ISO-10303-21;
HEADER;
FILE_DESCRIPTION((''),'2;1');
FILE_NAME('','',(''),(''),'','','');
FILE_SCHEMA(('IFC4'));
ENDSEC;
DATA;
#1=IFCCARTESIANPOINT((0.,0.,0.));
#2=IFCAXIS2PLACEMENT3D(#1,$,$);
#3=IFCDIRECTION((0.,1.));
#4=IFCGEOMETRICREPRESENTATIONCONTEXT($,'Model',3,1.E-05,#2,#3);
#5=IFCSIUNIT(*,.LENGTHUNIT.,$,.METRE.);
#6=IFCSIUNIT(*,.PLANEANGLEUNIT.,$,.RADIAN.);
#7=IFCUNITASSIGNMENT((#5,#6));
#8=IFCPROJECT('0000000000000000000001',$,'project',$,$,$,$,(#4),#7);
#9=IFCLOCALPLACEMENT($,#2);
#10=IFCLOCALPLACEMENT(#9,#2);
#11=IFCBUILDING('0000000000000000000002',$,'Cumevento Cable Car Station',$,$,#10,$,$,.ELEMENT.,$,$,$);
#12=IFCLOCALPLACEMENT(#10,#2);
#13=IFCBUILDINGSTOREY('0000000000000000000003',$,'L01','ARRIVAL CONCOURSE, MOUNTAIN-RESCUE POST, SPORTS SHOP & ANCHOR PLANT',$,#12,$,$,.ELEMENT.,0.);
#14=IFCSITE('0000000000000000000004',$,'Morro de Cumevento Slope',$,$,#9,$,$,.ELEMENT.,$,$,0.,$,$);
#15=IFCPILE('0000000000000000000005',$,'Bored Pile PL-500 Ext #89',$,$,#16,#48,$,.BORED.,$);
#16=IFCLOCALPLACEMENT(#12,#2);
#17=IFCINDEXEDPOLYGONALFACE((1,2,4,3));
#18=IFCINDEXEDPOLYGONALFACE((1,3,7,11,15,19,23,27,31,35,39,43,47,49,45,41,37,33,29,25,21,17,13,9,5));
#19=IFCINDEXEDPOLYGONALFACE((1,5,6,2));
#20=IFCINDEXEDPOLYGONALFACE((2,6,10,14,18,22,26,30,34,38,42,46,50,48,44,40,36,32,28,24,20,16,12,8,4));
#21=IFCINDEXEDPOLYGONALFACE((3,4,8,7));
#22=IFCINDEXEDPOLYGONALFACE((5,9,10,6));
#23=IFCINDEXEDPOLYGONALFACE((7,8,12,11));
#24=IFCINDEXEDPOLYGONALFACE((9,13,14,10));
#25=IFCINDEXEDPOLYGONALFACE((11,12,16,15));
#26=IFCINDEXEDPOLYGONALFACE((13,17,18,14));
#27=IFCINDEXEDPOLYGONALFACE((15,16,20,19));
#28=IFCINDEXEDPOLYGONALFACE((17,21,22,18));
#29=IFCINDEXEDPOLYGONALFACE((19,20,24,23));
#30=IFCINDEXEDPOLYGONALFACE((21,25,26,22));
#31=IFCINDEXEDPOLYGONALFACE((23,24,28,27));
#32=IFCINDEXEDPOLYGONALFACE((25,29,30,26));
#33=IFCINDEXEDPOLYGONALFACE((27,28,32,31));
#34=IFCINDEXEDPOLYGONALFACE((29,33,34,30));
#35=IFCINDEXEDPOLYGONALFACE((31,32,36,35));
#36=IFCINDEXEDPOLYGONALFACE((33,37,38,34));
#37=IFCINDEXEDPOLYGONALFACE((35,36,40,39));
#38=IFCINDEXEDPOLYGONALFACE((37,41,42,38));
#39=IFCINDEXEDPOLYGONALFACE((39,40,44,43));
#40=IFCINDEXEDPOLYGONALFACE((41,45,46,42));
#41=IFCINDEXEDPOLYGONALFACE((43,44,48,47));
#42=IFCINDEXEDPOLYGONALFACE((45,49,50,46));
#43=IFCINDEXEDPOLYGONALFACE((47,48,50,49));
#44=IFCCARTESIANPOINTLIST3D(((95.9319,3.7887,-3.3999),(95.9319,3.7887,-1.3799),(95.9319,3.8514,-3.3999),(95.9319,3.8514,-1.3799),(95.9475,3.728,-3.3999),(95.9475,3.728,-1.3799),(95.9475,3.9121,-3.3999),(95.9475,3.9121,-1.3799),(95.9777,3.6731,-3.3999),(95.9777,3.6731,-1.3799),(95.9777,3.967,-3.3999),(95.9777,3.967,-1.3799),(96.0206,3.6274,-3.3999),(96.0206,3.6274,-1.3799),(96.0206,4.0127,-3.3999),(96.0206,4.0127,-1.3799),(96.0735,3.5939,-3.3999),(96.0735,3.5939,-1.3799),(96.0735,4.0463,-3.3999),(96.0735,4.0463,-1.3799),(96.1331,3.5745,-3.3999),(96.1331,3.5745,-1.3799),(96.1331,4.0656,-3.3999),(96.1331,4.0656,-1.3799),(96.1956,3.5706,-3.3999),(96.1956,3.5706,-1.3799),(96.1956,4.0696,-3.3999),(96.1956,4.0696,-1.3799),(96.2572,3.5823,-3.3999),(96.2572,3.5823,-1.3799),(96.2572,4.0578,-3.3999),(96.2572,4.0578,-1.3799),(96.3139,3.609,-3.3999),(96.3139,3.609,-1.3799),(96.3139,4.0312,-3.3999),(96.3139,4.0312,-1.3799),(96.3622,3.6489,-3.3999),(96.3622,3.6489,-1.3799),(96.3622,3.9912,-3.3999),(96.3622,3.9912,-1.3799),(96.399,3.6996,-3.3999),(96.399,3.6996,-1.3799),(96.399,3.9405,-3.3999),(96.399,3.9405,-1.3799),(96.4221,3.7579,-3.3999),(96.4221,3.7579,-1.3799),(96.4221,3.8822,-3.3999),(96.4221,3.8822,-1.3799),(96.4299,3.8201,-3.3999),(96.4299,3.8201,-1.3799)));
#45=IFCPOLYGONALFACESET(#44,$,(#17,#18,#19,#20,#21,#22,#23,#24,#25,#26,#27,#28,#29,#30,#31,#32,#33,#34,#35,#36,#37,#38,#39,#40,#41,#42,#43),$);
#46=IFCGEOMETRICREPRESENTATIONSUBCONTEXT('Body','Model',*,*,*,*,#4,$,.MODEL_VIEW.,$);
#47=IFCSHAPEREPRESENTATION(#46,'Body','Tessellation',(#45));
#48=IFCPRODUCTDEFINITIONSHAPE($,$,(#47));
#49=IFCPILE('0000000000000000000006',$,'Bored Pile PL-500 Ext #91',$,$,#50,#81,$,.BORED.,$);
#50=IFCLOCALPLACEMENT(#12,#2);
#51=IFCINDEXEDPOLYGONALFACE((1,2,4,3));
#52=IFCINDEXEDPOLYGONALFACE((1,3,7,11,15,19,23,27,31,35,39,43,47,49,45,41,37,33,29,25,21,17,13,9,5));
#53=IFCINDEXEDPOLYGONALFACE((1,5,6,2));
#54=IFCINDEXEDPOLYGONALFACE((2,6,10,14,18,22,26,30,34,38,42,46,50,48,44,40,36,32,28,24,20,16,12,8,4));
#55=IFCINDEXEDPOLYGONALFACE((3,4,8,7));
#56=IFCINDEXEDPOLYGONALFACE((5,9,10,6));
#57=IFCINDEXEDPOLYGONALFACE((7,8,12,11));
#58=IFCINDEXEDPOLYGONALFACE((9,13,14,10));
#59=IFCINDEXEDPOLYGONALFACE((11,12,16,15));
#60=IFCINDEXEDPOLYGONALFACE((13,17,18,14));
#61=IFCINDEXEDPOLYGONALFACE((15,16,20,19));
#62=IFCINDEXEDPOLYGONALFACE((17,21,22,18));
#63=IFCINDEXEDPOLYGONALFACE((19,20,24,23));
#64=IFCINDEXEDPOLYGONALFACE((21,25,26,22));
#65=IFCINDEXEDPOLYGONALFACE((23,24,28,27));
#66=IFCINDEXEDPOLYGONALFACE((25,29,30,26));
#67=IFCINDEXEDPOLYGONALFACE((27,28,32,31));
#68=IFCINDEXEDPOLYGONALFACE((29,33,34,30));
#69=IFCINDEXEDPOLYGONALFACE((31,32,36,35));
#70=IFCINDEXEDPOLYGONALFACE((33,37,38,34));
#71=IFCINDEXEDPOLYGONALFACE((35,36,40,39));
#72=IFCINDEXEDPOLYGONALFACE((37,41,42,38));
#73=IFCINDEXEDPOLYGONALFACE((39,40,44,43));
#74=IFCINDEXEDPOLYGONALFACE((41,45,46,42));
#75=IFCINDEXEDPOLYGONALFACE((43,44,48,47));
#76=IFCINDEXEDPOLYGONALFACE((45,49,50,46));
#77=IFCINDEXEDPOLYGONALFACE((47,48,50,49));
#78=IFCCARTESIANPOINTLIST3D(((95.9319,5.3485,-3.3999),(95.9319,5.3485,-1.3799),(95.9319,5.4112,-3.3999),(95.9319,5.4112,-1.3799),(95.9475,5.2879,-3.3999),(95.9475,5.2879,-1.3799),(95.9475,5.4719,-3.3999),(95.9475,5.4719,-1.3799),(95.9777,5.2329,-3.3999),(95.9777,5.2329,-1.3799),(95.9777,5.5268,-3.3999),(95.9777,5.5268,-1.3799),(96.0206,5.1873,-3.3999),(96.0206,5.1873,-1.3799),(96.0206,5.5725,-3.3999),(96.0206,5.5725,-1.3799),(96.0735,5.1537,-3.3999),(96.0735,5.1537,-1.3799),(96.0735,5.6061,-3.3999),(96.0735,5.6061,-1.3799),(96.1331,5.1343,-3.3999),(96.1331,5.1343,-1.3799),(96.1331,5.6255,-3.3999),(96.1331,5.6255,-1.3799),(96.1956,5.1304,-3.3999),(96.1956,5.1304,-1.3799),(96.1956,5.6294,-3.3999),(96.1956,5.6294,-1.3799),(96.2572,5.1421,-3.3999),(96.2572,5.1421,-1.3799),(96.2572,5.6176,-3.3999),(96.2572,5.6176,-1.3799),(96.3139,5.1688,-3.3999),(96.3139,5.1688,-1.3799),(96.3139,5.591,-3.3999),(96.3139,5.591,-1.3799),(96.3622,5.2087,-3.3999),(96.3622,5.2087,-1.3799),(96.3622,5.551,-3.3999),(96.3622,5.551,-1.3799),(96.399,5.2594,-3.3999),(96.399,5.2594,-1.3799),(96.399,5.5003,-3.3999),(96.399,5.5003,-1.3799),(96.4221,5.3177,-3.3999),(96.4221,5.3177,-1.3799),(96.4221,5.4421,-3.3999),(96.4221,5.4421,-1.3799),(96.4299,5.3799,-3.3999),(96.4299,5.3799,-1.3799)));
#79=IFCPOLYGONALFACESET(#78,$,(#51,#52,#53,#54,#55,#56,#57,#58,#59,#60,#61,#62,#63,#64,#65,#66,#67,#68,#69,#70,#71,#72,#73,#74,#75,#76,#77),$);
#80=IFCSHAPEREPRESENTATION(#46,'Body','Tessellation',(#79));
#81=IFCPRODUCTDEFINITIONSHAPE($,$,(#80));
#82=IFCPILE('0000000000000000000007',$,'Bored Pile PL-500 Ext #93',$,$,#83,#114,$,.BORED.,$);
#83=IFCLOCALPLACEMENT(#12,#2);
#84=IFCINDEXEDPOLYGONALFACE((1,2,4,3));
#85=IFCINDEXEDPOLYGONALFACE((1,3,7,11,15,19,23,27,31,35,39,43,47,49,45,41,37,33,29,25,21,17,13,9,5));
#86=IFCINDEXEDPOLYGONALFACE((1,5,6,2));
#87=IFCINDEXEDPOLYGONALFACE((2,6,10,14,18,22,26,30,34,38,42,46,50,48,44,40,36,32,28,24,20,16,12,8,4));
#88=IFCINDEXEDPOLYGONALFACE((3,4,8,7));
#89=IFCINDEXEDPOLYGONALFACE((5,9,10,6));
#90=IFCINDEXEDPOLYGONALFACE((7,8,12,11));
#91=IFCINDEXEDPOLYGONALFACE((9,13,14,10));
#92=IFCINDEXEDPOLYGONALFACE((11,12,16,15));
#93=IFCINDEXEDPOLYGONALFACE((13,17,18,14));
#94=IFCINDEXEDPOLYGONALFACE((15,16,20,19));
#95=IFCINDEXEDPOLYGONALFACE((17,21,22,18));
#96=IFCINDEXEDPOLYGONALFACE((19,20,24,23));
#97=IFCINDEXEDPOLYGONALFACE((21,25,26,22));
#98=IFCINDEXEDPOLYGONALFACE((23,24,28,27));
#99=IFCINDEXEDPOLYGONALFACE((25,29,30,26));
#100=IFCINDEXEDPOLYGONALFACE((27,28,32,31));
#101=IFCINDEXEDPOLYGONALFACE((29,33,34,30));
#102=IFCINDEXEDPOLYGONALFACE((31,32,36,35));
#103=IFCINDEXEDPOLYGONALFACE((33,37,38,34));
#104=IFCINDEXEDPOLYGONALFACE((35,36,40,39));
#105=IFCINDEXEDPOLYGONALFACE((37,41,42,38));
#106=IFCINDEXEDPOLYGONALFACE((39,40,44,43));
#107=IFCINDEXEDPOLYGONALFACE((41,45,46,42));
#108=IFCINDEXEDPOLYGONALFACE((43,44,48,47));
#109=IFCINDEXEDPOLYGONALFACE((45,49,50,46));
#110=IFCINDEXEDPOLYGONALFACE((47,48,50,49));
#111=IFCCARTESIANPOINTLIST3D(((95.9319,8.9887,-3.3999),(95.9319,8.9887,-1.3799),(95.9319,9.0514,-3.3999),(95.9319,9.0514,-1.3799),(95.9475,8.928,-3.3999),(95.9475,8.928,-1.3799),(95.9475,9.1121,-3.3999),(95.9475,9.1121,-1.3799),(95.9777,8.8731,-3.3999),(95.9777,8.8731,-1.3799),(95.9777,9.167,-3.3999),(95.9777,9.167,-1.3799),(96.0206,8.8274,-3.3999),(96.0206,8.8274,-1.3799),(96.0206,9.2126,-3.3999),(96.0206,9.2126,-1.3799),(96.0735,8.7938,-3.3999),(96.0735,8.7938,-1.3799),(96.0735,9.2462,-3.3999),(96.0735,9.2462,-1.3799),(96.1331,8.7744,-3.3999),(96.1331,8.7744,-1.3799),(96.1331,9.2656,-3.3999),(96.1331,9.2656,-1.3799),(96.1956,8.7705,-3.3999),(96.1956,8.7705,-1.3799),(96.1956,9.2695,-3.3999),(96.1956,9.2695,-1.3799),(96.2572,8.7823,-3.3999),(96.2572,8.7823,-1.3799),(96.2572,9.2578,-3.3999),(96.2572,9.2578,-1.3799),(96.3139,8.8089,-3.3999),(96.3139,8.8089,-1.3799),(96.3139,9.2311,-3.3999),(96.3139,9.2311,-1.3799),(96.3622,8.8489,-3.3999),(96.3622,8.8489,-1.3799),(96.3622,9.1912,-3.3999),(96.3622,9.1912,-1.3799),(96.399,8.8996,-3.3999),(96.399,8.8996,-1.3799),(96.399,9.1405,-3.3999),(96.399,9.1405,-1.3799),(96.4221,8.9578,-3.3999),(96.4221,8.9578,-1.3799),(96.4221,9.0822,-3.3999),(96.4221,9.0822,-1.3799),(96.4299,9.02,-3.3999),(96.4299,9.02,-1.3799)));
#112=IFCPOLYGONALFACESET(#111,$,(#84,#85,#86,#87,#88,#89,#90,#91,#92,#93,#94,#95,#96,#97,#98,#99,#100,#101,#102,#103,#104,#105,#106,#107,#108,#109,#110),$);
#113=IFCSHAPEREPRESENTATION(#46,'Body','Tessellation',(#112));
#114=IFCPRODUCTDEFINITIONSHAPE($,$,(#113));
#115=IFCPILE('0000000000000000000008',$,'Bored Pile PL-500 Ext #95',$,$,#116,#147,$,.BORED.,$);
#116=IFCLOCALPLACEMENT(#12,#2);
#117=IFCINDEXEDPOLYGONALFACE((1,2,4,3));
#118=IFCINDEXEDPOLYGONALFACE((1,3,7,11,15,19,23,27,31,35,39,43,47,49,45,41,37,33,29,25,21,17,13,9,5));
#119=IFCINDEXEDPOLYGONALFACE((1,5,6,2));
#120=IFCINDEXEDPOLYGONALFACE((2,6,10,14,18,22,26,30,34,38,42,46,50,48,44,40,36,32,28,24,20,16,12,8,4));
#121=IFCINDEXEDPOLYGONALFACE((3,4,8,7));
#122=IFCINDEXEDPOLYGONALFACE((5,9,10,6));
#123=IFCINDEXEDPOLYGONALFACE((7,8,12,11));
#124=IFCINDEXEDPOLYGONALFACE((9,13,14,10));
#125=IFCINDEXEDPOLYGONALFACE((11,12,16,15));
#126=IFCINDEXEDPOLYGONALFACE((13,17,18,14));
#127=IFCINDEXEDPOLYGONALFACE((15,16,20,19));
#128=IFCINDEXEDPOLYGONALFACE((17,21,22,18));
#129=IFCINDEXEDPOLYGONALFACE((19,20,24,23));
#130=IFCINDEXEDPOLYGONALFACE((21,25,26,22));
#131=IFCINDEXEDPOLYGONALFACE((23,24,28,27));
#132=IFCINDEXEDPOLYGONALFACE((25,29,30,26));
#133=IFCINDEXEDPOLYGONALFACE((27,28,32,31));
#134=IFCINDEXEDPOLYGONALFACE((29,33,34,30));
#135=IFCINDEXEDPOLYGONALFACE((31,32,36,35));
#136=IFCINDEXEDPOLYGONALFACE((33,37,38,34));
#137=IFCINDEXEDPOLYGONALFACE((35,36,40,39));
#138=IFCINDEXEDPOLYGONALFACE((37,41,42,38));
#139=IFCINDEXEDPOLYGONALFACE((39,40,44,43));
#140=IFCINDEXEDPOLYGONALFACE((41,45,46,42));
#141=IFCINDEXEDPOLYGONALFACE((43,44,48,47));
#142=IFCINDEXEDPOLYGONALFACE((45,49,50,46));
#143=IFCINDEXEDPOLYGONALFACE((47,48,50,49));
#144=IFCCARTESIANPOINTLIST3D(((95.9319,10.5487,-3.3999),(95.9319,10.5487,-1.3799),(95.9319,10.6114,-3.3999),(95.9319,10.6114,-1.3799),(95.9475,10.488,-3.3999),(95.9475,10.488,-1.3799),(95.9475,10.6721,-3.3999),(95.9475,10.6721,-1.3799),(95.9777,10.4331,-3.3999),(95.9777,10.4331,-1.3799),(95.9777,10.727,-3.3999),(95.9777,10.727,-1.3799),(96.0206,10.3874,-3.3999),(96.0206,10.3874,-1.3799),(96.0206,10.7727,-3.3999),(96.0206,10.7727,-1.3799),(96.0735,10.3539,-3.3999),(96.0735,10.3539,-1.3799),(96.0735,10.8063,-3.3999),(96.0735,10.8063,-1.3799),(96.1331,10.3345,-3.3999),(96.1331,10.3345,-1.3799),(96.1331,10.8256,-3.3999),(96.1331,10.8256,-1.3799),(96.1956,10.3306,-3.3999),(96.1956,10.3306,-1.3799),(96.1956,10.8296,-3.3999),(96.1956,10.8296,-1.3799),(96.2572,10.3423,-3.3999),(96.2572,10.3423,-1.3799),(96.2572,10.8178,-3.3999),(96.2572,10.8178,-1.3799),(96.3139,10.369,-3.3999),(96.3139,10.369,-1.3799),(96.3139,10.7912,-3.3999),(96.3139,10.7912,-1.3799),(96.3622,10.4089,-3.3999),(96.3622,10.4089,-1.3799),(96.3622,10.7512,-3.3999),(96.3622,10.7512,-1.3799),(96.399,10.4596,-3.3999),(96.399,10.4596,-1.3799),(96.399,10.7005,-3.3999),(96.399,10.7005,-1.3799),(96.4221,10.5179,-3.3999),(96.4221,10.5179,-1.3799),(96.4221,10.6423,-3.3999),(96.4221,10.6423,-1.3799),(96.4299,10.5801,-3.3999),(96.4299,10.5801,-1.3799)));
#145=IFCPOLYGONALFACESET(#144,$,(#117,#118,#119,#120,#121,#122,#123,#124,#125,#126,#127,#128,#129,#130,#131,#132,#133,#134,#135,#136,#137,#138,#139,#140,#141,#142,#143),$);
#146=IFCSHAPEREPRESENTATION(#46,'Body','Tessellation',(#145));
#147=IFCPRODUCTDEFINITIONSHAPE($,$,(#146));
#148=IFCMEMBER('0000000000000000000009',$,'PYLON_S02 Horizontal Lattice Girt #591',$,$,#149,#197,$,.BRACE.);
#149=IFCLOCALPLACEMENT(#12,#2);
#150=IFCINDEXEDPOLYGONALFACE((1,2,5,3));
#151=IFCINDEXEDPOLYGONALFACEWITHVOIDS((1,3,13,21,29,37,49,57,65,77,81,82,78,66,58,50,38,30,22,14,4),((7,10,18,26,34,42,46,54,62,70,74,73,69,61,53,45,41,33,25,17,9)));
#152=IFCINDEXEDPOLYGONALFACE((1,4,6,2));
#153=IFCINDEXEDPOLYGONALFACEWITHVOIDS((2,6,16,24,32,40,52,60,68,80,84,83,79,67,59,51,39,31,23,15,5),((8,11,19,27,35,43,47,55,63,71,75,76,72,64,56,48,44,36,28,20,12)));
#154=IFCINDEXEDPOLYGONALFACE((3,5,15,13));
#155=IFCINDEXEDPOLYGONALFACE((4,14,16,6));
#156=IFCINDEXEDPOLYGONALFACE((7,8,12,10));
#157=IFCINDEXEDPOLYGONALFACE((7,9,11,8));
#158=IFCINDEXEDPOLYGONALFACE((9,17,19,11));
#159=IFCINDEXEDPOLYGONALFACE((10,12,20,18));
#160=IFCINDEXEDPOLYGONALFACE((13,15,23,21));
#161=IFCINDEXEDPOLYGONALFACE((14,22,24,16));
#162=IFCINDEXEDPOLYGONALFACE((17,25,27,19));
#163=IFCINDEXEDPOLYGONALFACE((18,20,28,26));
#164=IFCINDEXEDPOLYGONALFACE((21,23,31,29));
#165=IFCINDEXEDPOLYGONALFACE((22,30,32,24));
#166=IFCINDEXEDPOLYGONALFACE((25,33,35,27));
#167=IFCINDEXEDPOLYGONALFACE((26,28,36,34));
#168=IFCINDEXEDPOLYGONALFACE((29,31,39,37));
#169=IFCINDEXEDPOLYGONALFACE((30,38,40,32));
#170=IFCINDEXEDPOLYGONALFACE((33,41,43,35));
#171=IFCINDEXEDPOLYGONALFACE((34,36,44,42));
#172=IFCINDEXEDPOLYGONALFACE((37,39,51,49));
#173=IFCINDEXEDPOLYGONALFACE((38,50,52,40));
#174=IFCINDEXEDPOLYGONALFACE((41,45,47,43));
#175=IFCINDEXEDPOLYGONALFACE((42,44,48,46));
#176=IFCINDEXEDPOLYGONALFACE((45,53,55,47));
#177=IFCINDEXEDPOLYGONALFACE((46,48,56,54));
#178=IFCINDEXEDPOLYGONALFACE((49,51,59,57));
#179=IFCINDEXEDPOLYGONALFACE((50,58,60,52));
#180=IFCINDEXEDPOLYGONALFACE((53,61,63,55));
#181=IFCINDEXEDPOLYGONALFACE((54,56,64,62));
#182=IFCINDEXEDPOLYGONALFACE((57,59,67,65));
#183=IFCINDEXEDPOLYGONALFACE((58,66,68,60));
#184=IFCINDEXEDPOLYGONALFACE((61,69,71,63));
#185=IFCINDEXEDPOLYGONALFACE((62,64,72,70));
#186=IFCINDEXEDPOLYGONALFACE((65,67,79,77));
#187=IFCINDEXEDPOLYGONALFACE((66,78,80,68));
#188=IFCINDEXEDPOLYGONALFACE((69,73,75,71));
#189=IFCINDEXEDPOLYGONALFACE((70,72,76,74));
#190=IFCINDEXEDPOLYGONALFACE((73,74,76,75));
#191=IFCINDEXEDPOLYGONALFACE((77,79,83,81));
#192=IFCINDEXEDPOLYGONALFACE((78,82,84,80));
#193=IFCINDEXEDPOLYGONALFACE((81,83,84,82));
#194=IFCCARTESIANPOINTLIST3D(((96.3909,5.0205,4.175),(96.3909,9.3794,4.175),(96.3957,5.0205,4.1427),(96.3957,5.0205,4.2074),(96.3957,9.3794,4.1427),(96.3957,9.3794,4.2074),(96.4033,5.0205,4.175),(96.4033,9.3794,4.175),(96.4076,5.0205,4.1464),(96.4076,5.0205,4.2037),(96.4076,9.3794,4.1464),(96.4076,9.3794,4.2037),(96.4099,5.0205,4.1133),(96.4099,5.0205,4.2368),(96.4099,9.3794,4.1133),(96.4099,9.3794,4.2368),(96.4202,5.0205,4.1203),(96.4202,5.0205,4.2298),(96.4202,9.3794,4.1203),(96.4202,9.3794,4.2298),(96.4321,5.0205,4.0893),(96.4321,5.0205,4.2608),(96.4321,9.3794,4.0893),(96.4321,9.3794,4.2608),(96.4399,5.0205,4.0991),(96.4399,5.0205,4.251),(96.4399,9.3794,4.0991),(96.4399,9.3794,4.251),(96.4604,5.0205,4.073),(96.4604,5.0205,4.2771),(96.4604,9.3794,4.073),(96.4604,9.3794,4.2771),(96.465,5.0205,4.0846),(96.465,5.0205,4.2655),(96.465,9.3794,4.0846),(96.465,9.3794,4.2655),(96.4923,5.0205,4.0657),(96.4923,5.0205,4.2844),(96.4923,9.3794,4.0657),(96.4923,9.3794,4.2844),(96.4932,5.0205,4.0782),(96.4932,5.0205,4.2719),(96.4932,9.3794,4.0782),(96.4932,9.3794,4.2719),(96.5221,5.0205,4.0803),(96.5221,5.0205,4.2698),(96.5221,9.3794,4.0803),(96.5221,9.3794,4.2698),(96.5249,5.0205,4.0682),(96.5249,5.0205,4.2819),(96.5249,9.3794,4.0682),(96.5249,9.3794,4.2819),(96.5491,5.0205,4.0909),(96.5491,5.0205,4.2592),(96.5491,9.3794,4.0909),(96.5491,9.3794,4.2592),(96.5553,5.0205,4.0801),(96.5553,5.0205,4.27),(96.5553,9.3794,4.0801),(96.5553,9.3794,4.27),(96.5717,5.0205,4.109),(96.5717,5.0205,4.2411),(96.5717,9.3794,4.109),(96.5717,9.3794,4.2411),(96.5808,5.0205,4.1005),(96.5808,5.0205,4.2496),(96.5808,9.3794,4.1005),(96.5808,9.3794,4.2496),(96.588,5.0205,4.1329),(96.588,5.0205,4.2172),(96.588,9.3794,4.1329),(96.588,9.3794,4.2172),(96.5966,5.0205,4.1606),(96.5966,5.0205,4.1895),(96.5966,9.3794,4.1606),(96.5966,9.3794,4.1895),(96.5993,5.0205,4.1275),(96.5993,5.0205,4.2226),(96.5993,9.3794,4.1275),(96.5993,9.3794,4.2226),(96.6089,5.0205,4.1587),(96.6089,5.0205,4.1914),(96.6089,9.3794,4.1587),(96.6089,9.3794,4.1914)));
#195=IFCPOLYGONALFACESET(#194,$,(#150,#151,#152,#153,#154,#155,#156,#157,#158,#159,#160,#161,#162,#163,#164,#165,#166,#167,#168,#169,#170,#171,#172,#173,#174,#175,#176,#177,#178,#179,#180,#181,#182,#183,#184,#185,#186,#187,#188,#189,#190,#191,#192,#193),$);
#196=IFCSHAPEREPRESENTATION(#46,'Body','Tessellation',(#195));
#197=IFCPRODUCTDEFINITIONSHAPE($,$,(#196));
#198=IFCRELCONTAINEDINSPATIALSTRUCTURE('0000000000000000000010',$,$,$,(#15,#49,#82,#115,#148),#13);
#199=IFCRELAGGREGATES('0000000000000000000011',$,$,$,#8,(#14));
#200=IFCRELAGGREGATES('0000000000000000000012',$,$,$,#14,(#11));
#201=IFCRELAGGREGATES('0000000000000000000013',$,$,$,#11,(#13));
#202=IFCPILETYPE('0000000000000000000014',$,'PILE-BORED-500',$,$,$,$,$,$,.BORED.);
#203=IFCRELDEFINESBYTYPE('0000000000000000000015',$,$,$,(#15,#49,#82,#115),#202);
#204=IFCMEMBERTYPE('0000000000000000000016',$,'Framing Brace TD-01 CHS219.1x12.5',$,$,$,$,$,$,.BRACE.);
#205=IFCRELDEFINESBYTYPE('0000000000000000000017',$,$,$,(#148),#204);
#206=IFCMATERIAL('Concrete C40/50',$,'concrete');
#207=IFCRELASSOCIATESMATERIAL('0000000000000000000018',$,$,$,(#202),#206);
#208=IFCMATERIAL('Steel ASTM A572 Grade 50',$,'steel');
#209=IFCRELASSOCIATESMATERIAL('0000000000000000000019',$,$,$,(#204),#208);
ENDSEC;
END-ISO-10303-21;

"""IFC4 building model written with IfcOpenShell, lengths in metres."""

from ifc_helpers import new_model, si_unit, direction, frame, origin, origin_2d, place, context, subcontext, project, spatial, circle, hollow_circle, extrude, material, material_profile, profile_set, type_object, element, save


model = new_model("IFC4")

# Units and contexts
model_context = context("Model", 3, precision=1e-05, world=origin(), true_north=direction((0.0, 1.0)))
body_context = subcontext(model_context, "Body", "Model", "MODEL_VIEW")
ifc_project = project(units=[si_unit("LENGTHUNIT", "METRE"), si_unit("PLANEANGLEUNIT", "RADIAN")], contexts=[model_context])

# Site, building, storey
site_placement = place(None, origin())
site = spatial("IfcSite", under=ifc_project, at=site_placement, Name="Morro de Cumevento Slope", CompositionType="ELEMENT", RefElevation=0.0)
building_placement = place(site_placement, origin())
building = spatial("IfcBuilding", under=site, at=building_placement, Name="Cumevento Cable Car Station", CompositionType="ELEMENT")
storey_placement = place(building_placement, origin())
storey = spatial("IfcBuildingStorey", under=building, at=storey_placement, Name="L01", Description="ARRIVAL CONCOURSE, MOUNTAIN-RESCUE POST, SPORTS SHOP & ANCHOR PLANT", CompositionType="ELEMENT", Elevation=0.0)

# Piles
ifc_material_1 = material(Name="Concrete C40/50", Category="concrete")
ifc_material_profile_1 = material_profile(ifc_material_1, circle(Radius=0.25, at=origin_2d()), Name="PILE-D500")
ifc_profile_set_1 = profile_set([ifc_material_profile_1], Name="Concrete C40/50")
pile_type = type_object("IfcPileType", Name="PILE-BORED-500", PredefinedType="BORED", material=ifc_profile_set_1)
for number, where, z_axis, x_axis, name in (
    (1, (96.1799, 3.8201, -1.3799), (0.0, 0.0, -1.0), (1.0, 0.0, 0.0), "Bored Pile PL-500 Ext #89"),
    (2, (96.1799, 5.3799, -1.3799), (0.0, 0.0, -1.0), (1.0, 0.0, 0.0), "Bored Pile PL-500 Ext #91"),
    (3, (96.1799, 9.02, -1.3799), (0.0, 0.0, -1.0), (1.0, 0.0, 0.0), "Bored Pile PL-500 Ext #93"),
    (4, (96.1799, 10.5801, -1.3799), (0.0, 0.0, -1.0), (1.0, 0.0, 0.0), "Bored Pile PL-500 Ext #95"),
):
    element("IfcPile", number, at=place(storey_placement, frame(where, z_axis=z_axis, x_axis=x_axis)), inside=storey, type_object=pile_type, Name=name, PredefinedType="BORED", context=body_context, shape_type="SweptSolid", body=[
        extrude(circle(Radius=0.25, at=origin_2d()), origin(), (0.0, 0.0, 1.0), 2.02),
    ])

# Member
ifc_material_2 = material(Name="Steel ASTM A572 Grade 50", Category="steel")
ifc_material_profile_2 = material_profile(ifc_material_2, hollow_circle(Radius=0.1096, WallThickness=0.0125, at=origin_2d()), Name="CHS219.1x12.5")
ifc_profile_set_2 = profile_set([ifc_material_profile_2], Name="Steel ASTM A572 Grade 50")
member_type_1 = type_object("IfcMemberType", Name="Framing Brace TD-01 CHS219.1x12.5", PredefinedType="BRACE", material=ifc_profile_set_2)
member_1_placement = place(storey_placement, frame((96.5005, 5.0205, 4.175), z_axis=(0.0, 1.0, 0.0), x_axis=(-1.0, 0.0, 0.0)))
element("IfcMember", 5, at=member_1_placement, inside=storey, type_object=member_type_1, Name="PYLON_S02 Horizontal Lattice Girt #591", PredefinedType="BRACE", context=body_context, shape_type="SweptSolid", body=[
    extrude(hollow_circle(Radius=0.1096, WallThickness=0.0125, at=origin_2d()), origin(), (0.0, 0.0, 1.0), 4.3589),
])

save(model, "model.ifc")
